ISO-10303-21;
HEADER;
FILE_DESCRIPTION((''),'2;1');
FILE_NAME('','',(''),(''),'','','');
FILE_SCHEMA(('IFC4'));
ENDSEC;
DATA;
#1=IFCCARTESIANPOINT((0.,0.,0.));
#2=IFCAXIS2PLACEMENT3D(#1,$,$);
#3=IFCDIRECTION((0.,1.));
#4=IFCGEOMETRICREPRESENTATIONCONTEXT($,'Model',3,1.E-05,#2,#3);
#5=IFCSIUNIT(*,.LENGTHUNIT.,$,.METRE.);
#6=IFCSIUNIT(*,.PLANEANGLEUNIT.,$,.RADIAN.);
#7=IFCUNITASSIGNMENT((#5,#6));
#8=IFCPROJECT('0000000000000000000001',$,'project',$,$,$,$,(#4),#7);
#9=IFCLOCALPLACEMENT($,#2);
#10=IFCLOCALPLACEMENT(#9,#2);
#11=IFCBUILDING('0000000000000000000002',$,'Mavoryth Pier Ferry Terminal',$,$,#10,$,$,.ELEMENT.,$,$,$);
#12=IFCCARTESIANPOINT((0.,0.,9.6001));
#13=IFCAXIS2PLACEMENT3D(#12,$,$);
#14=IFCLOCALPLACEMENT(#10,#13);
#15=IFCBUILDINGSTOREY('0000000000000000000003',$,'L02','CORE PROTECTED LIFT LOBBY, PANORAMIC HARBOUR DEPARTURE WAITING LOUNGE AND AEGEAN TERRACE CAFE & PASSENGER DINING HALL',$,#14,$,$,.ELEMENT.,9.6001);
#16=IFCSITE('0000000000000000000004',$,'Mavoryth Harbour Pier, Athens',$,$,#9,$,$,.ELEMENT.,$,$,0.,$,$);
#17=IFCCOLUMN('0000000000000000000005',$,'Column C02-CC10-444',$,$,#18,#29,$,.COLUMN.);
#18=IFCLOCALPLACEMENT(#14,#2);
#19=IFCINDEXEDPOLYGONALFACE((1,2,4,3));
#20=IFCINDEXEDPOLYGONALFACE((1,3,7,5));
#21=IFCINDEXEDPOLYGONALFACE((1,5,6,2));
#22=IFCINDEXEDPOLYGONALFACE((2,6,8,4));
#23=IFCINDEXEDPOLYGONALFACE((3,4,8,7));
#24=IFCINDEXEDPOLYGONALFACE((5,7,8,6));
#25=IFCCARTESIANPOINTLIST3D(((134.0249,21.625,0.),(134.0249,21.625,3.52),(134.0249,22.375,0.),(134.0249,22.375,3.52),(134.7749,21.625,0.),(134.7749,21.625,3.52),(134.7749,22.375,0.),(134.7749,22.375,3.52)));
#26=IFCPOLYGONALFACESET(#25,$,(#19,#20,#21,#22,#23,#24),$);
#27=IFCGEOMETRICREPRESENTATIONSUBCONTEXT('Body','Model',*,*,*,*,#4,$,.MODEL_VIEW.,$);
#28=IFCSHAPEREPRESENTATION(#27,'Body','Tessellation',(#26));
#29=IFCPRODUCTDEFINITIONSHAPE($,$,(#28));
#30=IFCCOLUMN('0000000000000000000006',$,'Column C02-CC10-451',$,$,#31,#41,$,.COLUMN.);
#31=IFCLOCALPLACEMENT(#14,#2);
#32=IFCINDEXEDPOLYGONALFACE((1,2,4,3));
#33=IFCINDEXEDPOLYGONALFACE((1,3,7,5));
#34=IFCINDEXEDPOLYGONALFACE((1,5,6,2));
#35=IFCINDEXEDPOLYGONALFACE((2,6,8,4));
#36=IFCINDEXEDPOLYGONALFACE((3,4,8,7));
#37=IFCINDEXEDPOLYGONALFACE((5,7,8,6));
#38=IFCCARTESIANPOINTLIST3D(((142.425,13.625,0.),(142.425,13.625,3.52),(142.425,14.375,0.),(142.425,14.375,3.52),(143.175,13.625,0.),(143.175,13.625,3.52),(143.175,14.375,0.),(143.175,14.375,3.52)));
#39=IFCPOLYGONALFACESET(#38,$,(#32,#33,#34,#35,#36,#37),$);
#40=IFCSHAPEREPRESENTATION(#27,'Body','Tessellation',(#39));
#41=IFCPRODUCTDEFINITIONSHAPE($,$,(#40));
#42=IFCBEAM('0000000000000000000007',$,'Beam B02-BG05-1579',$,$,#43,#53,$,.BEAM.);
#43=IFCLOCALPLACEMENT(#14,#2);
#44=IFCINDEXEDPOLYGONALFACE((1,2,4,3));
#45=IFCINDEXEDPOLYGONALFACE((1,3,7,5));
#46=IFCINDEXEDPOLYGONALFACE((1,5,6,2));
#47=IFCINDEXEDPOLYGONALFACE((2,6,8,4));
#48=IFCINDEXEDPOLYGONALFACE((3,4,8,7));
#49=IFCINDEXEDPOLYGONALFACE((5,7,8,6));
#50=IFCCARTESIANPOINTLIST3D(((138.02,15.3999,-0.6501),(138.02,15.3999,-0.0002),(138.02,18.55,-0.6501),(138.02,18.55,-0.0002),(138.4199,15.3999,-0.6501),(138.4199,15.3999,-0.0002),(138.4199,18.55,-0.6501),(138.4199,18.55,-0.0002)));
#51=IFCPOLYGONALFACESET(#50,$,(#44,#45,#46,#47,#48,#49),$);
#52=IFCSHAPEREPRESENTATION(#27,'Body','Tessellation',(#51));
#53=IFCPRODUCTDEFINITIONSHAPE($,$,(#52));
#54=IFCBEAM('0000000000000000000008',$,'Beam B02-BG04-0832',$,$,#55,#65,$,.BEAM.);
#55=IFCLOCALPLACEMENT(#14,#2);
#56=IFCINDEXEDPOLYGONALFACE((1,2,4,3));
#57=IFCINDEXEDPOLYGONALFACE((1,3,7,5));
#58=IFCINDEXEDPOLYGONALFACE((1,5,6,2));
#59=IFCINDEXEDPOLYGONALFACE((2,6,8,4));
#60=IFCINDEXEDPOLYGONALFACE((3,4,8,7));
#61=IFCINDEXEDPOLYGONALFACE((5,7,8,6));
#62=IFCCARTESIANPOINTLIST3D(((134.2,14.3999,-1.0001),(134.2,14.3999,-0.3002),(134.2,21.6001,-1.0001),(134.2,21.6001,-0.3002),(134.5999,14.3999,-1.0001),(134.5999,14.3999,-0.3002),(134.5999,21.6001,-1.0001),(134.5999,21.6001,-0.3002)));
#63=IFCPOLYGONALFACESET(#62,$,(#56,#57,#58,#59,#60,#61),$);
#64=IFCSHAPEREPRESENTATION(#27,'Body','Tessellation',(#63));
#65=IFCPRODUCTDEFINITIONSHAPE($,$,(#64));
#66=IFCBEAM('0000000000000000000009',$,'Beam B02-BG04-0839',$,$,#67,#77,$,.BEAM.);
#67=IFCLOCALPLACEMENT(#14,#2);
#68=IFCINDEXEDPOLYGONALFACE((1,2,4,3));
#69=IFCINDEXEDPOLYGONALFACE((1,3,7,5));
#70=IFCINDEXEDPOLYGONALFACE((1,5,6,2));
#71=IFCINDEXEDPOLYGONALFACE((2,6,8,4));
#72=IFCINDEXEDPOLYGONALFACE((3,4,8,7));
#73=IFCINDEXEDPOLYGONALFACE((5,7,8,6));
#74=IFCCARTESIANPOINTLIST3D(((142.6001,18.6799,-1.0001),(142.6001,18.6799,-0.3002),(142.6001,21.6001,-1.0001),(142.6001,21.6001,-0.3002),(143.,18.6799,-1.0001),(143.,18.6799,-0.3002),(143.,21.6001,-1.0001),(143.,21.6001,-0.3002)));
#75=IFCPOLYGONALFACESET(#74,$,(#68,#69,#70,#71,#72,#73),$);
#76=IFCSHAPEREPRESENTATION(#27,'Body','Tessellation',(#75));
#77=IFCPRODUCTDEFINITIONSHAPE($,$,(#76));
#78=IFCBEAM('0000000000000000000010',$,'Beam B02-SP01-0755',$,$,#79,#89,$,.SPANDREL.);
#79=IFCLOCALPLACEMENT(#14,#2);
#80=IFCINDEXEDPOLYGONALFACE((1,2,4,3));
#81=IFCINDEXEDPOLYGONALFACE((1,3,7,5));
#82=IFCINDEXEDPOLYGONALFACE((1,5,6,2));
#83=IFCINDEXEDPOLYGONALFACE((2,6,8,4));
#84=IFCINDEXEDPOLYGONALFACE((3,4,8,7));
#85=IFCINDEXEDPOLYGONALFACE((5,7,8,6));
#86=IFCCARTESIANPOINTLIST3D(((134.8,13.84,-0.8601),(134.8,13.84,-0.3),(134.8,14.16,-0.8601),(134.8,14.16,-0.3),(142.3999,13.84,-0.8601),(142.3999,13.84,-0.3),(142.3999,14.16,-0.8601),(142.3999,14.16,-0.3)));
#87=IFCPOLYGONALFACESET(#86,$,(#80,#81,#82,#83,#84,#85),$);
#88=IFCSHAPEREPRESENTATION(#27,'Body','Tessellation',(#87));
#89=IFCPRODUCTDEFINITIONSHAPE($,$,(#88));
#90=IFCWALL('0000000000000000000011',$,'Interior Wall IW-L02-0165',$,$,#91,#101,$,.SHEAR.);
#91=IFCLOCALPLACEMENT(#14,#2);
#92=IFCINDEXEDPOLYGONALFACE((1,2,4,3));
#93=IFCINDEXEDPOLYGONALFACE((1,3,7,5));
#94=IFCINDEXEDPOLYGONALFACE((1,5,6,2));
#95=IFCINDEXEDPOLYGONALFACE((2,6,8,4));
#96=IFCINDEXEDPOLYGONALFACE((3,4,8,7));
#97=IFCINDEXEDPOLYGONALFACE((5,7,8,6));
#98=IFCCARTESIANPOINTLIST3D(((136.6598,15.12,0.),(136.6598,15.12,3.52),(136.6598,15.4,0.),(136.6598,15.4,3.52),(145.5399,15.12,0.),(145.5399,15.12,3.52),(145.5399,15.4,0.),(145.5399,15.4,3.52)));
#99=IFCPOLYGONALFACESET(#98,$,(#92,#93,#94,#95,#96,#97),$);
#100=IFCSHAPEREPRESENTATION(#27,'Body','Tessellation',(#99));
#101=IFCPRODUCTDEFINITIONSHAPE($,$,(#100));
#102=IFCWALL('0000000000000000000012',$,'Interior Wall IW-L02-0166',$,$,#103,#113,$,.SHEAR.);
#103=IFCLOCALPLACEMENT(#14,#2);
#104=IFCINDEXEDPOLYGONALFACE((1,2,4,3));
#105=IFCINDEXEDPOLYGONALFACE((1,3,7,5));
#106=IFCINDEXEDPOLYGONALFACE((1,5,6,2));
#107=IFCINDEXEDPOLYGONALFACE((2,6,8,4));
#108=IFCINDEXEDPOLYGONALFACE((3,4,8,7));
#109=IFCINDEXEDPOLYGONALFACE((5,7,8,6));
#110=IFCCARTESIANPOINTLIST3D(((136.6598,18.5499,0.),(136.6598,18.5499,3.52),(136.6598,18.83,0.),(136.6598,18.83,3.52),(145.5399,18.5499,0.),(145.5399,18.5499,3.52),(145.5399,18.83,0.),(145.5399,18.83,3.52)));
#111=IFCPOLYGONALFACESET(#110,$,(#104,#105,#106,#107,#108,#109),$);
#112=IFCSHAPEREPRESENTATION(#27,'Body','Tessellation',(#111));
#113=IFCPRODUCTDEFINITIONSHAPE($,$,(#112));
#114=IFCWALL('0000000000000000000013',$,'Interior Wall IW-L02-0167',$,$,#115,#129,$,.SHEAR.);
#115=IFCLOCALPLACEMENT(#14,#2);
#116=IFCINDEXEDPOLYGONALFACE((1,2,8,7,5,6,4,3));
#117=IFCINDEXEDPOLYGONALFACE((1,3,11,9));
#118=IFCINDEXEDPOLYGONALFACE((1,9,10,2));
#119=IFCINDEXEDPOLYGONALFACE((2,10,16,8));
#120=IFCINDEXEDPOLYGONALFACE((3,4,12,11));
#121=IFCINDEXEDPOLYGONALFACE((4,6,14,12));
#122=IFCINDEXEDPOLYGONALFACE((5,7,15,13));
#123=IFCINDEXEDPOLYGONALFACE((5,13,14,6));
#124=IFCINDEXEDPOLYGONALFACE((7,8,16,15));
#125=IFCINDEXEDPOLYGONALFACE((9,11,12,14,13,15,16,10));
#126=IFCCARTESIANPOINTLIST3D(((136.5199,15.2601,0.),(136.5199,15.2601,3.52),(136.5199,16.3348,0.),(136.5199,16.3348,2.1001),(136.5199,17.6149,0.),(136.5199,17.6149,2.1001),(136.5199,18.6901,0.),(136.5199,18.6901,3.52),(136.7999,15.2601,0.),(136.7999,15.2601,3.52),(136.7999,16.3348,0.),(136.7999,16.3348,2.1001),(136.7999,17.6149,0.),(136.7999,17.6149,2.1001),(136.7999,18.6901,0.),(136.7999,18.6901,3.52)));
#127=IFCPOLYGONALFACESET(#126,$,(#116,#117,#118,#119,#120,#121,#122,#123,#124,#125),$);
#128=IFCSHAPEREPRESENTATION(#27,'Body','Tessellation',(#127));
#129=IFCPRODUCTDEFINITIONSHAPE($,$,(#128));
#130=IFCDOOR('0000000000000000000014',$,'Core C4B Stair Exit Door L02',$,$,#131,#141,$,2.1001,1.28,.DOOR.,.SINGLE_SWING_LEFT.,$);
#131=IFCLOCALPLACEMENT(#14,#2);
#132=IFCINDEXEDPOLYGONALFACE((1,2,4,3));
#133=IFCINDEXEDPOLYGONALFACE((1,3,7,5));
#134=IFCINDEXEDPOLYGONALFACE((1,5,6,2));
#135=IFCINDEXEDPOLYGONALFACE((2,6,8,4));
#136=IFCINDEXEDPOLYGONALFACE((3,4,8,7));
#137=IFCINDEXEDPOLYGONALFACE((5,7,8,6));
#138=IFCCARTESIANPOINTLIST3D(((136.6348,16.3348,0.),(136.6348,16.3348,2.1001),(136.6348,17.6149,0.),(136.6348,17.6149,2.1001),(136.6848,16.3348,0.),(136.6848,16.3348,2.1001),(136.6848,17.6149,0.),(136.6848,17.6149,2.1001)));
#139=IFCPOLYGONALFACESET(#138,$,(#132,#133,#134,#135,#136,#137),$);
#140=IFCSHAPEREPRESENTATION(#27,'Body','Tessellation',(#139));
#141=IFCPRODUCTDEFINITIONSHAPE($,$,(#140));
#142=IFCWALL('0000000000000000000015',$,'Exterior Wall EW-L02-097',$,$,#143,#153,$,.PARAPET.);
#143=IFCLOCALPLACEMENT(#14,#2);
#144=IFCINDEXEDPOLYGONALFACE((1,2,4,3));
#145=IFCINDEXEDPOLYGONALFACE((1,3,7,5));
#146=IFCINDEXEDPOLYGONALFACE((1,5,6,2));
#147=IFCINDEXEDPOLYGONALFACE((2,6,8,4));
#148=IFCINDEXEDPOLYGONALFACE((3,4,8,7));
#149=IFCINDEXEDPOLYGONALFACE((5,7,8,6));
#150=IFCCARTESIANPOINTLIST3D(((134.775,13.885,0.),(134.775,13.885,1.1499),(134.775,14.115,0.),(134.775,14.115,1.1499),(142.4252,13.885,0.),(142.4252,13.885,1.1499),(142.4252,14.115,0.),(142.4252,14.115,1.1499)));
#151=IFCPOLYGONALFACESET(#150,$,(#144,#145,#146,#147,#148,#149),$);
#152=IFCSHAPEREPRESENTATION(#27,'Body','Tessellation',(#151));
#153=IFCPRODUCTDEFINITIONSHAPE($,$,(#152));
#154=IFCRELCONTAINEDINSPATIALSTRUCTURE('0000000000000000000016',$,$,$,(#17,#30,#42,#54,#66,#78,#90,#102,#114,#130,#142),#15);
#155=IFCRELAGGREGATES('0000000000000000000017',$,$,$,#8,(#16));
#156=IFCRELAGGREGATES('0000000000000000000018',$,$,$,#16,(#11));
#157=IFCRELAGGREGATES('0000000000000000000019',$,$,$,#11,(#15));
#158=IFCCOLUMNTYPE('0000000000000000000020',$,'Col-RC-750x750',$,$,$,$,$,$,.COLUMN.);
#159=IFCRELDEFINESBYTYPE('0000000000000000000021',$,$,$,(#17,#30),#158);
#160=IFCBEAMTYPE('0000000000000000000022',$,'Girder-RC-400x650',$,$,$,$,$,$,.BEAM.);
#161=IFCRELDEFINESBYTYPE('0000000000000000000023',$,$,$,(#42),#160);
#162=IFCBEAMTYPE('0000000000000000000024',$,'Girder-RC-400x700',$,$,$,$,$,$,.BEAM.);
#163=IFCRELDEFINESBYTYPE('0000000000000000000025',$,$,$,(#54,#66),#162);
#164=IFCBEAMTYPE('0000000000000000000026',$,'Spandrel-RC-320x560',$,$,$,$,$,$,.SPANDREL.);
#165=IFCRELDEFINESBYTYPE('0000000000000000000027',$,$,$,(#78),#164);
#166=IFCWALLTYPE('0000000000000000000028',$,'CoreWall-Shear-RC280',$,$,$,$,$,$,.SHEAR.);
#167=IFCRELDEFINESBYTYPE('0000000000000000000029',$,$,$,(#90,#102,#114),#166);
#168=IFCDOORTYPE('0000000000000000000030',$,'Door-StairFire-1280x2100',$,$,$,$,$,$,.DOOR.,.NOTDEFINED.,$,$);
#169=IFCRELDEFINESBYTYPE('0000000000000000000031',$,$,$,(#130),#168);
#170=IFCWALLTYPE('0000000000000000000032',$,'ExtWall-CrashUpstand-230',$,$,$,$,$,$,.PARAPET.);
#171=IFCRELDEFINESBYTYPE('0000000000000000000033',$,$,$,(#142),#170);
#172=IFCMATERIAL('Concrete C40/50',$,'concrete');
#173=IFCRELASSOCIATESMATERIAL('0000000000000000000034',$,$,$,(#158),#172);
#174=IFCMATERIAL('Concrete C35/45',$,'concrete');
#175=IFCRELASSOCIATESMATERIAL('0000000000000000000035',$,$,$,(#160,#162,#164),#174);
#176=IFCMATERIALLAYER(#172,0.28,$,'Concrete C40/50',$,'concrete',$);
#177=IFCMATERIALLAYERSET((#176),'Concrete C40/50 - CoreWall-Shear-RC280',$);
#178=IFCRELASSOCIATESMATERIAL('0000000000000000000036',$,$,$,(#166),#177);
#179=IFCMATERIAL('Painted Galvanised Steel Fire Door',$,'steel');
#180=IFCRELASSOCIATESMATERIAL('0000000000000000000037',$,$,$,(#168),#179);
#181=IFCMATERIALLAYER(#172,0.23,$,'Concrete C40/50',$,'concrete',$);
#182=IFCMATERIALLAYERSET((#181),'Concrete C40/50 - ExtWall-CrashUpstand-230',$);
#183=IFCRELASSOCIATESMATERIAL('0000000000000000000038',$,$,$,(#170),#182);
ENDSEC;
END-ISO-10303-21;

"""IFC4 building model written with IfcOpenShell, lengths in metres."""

from ifc_helpers import new_model, si_unit, direction, frame, frame_2d, origin, origin_2d, place, context, subcontext, project, spatial, rectangle, extrude, material, layer, layer_set, material_profile, profile_set, type_object, element, fill, save


model = new_model("IFC4")

# Units and contexts
model_context = context("Model", 3, precision=1e-05, world=origin(), true_north=direction((0.0, 1.0)))
body_context = subcontext(model_context, "Body", "Model", "MODEL_VIEW")
ifc_project = project(units=[si_unit("LENGTHUNIT", "METRE"), si_unit("PLANEANGLEUNIT", "RADIAN")], contexts=[model_context])

# Site, building, storey
site_placement = place(None, origin())
site = spatial("IfcSite", under=ifc_project, at=site_placement, Name="Mavoryth Harbour Pier, Athens", CompositionType="ELEMENT", RefElevation=0.0)
building_placement = place(site_placement, origin())
building = spatial("IfcBuilding", under=site, at=building_placement, Name="Mavoryth Pier Ferry Terminal", CompositionType="ELEMENT")
storey_placement = place(building_placement, frame((0.0, 0.0, 9.6001)))
storey = spatial("IfcBuildingStorey", under=building, at=storey_placement, Name="L02", Description="CORE PROTECTED LIFT LOBBY, PANORAMIC HARBOUR DEPARTURE WAITING LOUNGE AND AEGEAN TERRACE CAFE & PASSENGER DINING HALL", CompositionType="ELEMENT", Elevation=9.6001)

# Columns
ifc_material_1 = material(Name="Concrete C40/50", Category="concrete")
ifc_material_profile_1 = material_profile(ifc_material_1, rectangle(XDim=0.75, YDim=0.75, at=origin_2d()), Name="RC 750x750", Category="concrete")
ifc_profile_set_1 = profile_set([ifc_material_profile_1], Name="Concrete C40/50 - RC 750x750")
column_type = type_object("IfcColumnType", Name="Col-RC-750x750", PredefinedType="COLUMN", material=ifc_profile_set_1)
for number, where, z_axis, x_axis, name in (
    (1, (134.3999, 22.0, 0.0), (0.0, 0.0, 1.0), (1.0, 0.0, 0.0), "Column C02-CC10-444"),
    (2, (142.8, 14.0, 0.0), (0.0, 0.0, 1.0), (1.0, 0.0, 0.0), "Column C02-CC10-451"),
):
    element("IfcColumn", number, at=place(storey_placement, frame(where, z_axis=z_axis, x_axis=x_axis)), inside=storey, type_object=column_type, Name=name, PredefinedType="COLUMN", context=body_context, shape_type="SweptSolid", body=[
        extrude(rectangle(XDim=0.75, YDim=0.75, at=origin_2d()), origin(), (0.0, 0.0, 1.0), 3.52),
    ])

# Beams
ifc_material_2 = material(Name="Concrete C35/45", Category="concrete")
ifc_material_profile_2 = material_profile(ifc_material_2, rectangle(XDim=0.3999, YDim=0.6499, at=origin_2d()), Name="RC 400x650", Category="concrete")
ifc_profile_set_2 = profile_set([ifc_material_profile_2], Name="Concrete C35/45 - RC 400x650")
beam_type_1 = type_object("IfcBeamType", Name="Girder-RC-400x650", PredefinedType="BEAM", material=ifc_profile_set_2)
beam_1_placement = place(storey_placement, frame((138.22, 15.3999, -0.3252), z_axis=(0.0, 1.0, 0.0), x_axis=(-1.0, 0.0, 0.0)))
element("IfcBeam", 3, at=beam_1_placement, inside=storey, type_object=beam_type_1, Name="Beam B02-BG05-1579", PredefinedType="BEAM", context=body_context, shape_type="SweptSolid", body=[
    extrude(rectangle(XDim=0.3999, YDim=0.6499, at=origin_2d()), origin(), (0.0, 0.0, 1.0), 3.1501),
])
ifc_material_profile_3 = material_profile(ifc_material_2, rectangle(XDim=0.3999, YDim=0.7, at=origin_2d()), Name="RC 400x700", Category="concrete")
ifc_profile_set_3 = profile_set([ifc_material_profile_3], Name="Concrete C35/45 - RC 400x700")
beam_type_2 = type_object("IfcBeamType", Name="Girder-RC-400x700", PredefinedType="BEAM", material=ifc_profile_set_3)
beam_2_placement = place(storey_placement, frame((134.3999, 14.3999, -0.6501), z_axis=(0.0, 1.0, 0.0), x_axis=(-1.0, 0.0, 0.0)))
element("IfcBeam", 4, at=beam_2_placement, inside=storey, type_object=beam_type_2, Name="Beam B02-BG04-0832", PredefinedType="BEAM", context=body_context, shape_type="SweptSolid", body=[
    extrude(rectangle(XDim=0.3999, YDim=0.7, at=origin_2d()), origin(), (0.0, 0.0, 1.0), 7.2002),
])
beam_3_placement = place(storey_placement, frame((142.8, 18.6799, -0.6501), z_axis=(0.0, 1.0, 0.0), x_axis=(-1.0, 0.0, 0.0)))
element("IfcBeam", 5, at=beam_3_placement, inside=storey, type_object=beam_type_2, Name="Beam B02-BG04-0839", PredefinedType="BEAM", context=body_context, shape_type="SweptSolid", body=[
    extrude(rectangle(XDim=0.3999, YDim=0.7, at=origin_2d()), origin(), (0.0, 0.0, 1.0), 2.9202),
])
ifc_material_profile_4 = material_profile(ifc_material_2, rectangle(XDim=0.3201, YDim=0.5601, at=origin_2d()), Name="RC 320x560", Category="concrete")
ifc_profile_set_4 = profile_set([ifc_material_profile_4], Name="Concrete C35/45 - RC 320x560")
beam_type_3 = type_object("IfcBeamType", Name="Spandrel-RC-320x560", PredefinedType="SPANDREL", material=ifc_profile_set_4)
beam_4_placement = place(storey_placement, frame((134.8, 14.0, -0.5801), z_axis=(1.0, 0.0, 0.0), x_axis=(0.0, 1.0, 0.0)))
element("IfcBeam", 6, at=beam_4_placement, inside=storey, type_object=beam_type_3, Name="Beam B02-SP01-0755", PredefinedType="SPANDREL", context=body_context, shape_type="SweptSolid", body=[
    extrude(rectangle(XDim=0.3201, YDim=0.5601, at=origin_2d()), origin(), (0.0, 0.0, 1.0), 7.5999),
])

# Walls
ifc_layer_1 = layer(ifc_material_1, 0.28, Name="Concrete C40/50", Category="concrete")
ifc_layer_set_1 = layer_set([ifc_layer_1], Name="Concrete C40/50 - CoreWall-Shear-RC280")
wall_type_1 = type_object("IfcWallType", Name="CoreWall-Shear-RC280", PredefinedType="SHEAR", material=ifc_layer_set_1)
for number, where, z_axis, x_axis, name in (
    (7, (136.6599, 15.26, 0.0), (0.0, 0.0, 1.0), (1.0, 0.0, 0.0), "Interior Wall IW-L02-0165"),
    (8, (136.6599, 18.6899, 0.0), (0.0, 0.0, 1.0), (1.0, 0.0, 0.0), "Interior Wall IW-L02-0166"),
):
    element("IfcWall", number, at=place(storey_placement, frame(where, z_axis=z_axis, x_axis=x_axis)), inside=storey, type_object=wall_type_1, Name=name, PredefinedType="SHEAR", context=body_context, shape_type="SweptSolid", body=[
        extrude(rectangle(XDim=8.8801, YDim=0.28, at=frame_2d((4.4399, 0.0))), origin(), (0.0, 0.0, 1.0), 3.52),
    ])

# Wall, opening, door
wall_1_placement = place(storey_placement, frame((136.6599, 18.6899, 0.0), z_axis=(0.0, 0.0, 1.0), x_axis=(0.0, -1.0, 0.0)))
wall_1 = element("IfcWall", 9, at=wall_1_placement, inside=storey, type_object=wall_type_1, Name="Interior Wall IW-L02-0167", PredefinedType="SHEAR", context=body_context, shape_type="SweptSolid", body=[
    extrude(rectangle(XDim=3.4299, YDim=0.28, at=frame_2d((1.7148, 0.0))), origin(), (0.0, 0.0, 1.0), 3.52),
])
opening_placement = place(wall_1_placement, frame((1.075, 0.0, 0.0)))
opening = element("IfcOpeningElement", 10, at=opening_placement, cuts=wall_1, PredefinedType="OPENING", context=body_context, shape_type="SweptSolid", body=[
    extrude(rectangle(XDim=1.28, YDim=2.1001, at=frame_2d((0.6401, 1.05))), frame((0.0, 0.1499, 0.0), z_axis=(0.0, -1.0, 0.0), x_axis=(1.0, 0.0, 0.0)), (0.0, 0.0, 1.0), 0.3),
])
ifc_material_3 = material(Name="Painted Galvanised Steel Fire Door", Category="steel")
door_type = type_object("IfcDoorType", Name="Door-StairFire-1280x2100", OperationType="NOTDEFINED", PredefinedType="DOOR", material=ifc_material_3)
door_placement = place(opening_placement, origin())
door = element("IfcDoor", 11, at=door_placement, inside=storey, type_object=door_type, Name="Core C4B Stair Exit Door L02", OperationType="SINGLE_SWING_LEFT", OverallHeight=2.1001, OverallWidth=1.28, PredefinedType="DOOR", context=body_context, shape_type="SweptSolid", body=[
    extrude(rectangle(XDim=1.28, YDim=2.1001, at=frame_2d((0.6401, 1.05))), frame((0.0, 0.0249, 0.0), z_axis=(0.0, -1.0, 0.0), x_axis=(1.0, 0.0, 0.0)), (0.0, 0.0, 1.0), 0.05),
])
fill(opening, door)

# Wall
ifc_layer_2 = layer(ifc_material_1, 0.23, Name="Concrete C40/50", Category="concrete")
ifc_layer_set_2 = layer_set([ifc_layer_2], Name="Concrete C40/50 - ExtWall-CrashUpstand-230")
wall_type_2 = type_object("IfcWallType", Name="ExtWall-CrashUpstand-230", PredefinedType="PARAPET", material=ifc_layer_set_2)
wall_2_placement = place(storey_placement, frame((134.7749, 14.0, 0.0), z_axis=(0.0, 0.0, 1.0), x_axis=(1.0, 0.0, 0.0)))
element("IfcWall", 12, at=wall_2_placement, inside=storey, type_object=wall_type_2, Name="Exterior Wall EW-L02-097", PredefinedType="PARAPET", context=body_context, shape_type="SweptSolid", body=[
    extrude(rectangle(XDim=7.6501, YDim=0.23, at=frame_2d((3.8252, 0.0))), origin(), (0.0, 0.0, 1.0), 1.1499),
])

save(model, "model.ifc")
